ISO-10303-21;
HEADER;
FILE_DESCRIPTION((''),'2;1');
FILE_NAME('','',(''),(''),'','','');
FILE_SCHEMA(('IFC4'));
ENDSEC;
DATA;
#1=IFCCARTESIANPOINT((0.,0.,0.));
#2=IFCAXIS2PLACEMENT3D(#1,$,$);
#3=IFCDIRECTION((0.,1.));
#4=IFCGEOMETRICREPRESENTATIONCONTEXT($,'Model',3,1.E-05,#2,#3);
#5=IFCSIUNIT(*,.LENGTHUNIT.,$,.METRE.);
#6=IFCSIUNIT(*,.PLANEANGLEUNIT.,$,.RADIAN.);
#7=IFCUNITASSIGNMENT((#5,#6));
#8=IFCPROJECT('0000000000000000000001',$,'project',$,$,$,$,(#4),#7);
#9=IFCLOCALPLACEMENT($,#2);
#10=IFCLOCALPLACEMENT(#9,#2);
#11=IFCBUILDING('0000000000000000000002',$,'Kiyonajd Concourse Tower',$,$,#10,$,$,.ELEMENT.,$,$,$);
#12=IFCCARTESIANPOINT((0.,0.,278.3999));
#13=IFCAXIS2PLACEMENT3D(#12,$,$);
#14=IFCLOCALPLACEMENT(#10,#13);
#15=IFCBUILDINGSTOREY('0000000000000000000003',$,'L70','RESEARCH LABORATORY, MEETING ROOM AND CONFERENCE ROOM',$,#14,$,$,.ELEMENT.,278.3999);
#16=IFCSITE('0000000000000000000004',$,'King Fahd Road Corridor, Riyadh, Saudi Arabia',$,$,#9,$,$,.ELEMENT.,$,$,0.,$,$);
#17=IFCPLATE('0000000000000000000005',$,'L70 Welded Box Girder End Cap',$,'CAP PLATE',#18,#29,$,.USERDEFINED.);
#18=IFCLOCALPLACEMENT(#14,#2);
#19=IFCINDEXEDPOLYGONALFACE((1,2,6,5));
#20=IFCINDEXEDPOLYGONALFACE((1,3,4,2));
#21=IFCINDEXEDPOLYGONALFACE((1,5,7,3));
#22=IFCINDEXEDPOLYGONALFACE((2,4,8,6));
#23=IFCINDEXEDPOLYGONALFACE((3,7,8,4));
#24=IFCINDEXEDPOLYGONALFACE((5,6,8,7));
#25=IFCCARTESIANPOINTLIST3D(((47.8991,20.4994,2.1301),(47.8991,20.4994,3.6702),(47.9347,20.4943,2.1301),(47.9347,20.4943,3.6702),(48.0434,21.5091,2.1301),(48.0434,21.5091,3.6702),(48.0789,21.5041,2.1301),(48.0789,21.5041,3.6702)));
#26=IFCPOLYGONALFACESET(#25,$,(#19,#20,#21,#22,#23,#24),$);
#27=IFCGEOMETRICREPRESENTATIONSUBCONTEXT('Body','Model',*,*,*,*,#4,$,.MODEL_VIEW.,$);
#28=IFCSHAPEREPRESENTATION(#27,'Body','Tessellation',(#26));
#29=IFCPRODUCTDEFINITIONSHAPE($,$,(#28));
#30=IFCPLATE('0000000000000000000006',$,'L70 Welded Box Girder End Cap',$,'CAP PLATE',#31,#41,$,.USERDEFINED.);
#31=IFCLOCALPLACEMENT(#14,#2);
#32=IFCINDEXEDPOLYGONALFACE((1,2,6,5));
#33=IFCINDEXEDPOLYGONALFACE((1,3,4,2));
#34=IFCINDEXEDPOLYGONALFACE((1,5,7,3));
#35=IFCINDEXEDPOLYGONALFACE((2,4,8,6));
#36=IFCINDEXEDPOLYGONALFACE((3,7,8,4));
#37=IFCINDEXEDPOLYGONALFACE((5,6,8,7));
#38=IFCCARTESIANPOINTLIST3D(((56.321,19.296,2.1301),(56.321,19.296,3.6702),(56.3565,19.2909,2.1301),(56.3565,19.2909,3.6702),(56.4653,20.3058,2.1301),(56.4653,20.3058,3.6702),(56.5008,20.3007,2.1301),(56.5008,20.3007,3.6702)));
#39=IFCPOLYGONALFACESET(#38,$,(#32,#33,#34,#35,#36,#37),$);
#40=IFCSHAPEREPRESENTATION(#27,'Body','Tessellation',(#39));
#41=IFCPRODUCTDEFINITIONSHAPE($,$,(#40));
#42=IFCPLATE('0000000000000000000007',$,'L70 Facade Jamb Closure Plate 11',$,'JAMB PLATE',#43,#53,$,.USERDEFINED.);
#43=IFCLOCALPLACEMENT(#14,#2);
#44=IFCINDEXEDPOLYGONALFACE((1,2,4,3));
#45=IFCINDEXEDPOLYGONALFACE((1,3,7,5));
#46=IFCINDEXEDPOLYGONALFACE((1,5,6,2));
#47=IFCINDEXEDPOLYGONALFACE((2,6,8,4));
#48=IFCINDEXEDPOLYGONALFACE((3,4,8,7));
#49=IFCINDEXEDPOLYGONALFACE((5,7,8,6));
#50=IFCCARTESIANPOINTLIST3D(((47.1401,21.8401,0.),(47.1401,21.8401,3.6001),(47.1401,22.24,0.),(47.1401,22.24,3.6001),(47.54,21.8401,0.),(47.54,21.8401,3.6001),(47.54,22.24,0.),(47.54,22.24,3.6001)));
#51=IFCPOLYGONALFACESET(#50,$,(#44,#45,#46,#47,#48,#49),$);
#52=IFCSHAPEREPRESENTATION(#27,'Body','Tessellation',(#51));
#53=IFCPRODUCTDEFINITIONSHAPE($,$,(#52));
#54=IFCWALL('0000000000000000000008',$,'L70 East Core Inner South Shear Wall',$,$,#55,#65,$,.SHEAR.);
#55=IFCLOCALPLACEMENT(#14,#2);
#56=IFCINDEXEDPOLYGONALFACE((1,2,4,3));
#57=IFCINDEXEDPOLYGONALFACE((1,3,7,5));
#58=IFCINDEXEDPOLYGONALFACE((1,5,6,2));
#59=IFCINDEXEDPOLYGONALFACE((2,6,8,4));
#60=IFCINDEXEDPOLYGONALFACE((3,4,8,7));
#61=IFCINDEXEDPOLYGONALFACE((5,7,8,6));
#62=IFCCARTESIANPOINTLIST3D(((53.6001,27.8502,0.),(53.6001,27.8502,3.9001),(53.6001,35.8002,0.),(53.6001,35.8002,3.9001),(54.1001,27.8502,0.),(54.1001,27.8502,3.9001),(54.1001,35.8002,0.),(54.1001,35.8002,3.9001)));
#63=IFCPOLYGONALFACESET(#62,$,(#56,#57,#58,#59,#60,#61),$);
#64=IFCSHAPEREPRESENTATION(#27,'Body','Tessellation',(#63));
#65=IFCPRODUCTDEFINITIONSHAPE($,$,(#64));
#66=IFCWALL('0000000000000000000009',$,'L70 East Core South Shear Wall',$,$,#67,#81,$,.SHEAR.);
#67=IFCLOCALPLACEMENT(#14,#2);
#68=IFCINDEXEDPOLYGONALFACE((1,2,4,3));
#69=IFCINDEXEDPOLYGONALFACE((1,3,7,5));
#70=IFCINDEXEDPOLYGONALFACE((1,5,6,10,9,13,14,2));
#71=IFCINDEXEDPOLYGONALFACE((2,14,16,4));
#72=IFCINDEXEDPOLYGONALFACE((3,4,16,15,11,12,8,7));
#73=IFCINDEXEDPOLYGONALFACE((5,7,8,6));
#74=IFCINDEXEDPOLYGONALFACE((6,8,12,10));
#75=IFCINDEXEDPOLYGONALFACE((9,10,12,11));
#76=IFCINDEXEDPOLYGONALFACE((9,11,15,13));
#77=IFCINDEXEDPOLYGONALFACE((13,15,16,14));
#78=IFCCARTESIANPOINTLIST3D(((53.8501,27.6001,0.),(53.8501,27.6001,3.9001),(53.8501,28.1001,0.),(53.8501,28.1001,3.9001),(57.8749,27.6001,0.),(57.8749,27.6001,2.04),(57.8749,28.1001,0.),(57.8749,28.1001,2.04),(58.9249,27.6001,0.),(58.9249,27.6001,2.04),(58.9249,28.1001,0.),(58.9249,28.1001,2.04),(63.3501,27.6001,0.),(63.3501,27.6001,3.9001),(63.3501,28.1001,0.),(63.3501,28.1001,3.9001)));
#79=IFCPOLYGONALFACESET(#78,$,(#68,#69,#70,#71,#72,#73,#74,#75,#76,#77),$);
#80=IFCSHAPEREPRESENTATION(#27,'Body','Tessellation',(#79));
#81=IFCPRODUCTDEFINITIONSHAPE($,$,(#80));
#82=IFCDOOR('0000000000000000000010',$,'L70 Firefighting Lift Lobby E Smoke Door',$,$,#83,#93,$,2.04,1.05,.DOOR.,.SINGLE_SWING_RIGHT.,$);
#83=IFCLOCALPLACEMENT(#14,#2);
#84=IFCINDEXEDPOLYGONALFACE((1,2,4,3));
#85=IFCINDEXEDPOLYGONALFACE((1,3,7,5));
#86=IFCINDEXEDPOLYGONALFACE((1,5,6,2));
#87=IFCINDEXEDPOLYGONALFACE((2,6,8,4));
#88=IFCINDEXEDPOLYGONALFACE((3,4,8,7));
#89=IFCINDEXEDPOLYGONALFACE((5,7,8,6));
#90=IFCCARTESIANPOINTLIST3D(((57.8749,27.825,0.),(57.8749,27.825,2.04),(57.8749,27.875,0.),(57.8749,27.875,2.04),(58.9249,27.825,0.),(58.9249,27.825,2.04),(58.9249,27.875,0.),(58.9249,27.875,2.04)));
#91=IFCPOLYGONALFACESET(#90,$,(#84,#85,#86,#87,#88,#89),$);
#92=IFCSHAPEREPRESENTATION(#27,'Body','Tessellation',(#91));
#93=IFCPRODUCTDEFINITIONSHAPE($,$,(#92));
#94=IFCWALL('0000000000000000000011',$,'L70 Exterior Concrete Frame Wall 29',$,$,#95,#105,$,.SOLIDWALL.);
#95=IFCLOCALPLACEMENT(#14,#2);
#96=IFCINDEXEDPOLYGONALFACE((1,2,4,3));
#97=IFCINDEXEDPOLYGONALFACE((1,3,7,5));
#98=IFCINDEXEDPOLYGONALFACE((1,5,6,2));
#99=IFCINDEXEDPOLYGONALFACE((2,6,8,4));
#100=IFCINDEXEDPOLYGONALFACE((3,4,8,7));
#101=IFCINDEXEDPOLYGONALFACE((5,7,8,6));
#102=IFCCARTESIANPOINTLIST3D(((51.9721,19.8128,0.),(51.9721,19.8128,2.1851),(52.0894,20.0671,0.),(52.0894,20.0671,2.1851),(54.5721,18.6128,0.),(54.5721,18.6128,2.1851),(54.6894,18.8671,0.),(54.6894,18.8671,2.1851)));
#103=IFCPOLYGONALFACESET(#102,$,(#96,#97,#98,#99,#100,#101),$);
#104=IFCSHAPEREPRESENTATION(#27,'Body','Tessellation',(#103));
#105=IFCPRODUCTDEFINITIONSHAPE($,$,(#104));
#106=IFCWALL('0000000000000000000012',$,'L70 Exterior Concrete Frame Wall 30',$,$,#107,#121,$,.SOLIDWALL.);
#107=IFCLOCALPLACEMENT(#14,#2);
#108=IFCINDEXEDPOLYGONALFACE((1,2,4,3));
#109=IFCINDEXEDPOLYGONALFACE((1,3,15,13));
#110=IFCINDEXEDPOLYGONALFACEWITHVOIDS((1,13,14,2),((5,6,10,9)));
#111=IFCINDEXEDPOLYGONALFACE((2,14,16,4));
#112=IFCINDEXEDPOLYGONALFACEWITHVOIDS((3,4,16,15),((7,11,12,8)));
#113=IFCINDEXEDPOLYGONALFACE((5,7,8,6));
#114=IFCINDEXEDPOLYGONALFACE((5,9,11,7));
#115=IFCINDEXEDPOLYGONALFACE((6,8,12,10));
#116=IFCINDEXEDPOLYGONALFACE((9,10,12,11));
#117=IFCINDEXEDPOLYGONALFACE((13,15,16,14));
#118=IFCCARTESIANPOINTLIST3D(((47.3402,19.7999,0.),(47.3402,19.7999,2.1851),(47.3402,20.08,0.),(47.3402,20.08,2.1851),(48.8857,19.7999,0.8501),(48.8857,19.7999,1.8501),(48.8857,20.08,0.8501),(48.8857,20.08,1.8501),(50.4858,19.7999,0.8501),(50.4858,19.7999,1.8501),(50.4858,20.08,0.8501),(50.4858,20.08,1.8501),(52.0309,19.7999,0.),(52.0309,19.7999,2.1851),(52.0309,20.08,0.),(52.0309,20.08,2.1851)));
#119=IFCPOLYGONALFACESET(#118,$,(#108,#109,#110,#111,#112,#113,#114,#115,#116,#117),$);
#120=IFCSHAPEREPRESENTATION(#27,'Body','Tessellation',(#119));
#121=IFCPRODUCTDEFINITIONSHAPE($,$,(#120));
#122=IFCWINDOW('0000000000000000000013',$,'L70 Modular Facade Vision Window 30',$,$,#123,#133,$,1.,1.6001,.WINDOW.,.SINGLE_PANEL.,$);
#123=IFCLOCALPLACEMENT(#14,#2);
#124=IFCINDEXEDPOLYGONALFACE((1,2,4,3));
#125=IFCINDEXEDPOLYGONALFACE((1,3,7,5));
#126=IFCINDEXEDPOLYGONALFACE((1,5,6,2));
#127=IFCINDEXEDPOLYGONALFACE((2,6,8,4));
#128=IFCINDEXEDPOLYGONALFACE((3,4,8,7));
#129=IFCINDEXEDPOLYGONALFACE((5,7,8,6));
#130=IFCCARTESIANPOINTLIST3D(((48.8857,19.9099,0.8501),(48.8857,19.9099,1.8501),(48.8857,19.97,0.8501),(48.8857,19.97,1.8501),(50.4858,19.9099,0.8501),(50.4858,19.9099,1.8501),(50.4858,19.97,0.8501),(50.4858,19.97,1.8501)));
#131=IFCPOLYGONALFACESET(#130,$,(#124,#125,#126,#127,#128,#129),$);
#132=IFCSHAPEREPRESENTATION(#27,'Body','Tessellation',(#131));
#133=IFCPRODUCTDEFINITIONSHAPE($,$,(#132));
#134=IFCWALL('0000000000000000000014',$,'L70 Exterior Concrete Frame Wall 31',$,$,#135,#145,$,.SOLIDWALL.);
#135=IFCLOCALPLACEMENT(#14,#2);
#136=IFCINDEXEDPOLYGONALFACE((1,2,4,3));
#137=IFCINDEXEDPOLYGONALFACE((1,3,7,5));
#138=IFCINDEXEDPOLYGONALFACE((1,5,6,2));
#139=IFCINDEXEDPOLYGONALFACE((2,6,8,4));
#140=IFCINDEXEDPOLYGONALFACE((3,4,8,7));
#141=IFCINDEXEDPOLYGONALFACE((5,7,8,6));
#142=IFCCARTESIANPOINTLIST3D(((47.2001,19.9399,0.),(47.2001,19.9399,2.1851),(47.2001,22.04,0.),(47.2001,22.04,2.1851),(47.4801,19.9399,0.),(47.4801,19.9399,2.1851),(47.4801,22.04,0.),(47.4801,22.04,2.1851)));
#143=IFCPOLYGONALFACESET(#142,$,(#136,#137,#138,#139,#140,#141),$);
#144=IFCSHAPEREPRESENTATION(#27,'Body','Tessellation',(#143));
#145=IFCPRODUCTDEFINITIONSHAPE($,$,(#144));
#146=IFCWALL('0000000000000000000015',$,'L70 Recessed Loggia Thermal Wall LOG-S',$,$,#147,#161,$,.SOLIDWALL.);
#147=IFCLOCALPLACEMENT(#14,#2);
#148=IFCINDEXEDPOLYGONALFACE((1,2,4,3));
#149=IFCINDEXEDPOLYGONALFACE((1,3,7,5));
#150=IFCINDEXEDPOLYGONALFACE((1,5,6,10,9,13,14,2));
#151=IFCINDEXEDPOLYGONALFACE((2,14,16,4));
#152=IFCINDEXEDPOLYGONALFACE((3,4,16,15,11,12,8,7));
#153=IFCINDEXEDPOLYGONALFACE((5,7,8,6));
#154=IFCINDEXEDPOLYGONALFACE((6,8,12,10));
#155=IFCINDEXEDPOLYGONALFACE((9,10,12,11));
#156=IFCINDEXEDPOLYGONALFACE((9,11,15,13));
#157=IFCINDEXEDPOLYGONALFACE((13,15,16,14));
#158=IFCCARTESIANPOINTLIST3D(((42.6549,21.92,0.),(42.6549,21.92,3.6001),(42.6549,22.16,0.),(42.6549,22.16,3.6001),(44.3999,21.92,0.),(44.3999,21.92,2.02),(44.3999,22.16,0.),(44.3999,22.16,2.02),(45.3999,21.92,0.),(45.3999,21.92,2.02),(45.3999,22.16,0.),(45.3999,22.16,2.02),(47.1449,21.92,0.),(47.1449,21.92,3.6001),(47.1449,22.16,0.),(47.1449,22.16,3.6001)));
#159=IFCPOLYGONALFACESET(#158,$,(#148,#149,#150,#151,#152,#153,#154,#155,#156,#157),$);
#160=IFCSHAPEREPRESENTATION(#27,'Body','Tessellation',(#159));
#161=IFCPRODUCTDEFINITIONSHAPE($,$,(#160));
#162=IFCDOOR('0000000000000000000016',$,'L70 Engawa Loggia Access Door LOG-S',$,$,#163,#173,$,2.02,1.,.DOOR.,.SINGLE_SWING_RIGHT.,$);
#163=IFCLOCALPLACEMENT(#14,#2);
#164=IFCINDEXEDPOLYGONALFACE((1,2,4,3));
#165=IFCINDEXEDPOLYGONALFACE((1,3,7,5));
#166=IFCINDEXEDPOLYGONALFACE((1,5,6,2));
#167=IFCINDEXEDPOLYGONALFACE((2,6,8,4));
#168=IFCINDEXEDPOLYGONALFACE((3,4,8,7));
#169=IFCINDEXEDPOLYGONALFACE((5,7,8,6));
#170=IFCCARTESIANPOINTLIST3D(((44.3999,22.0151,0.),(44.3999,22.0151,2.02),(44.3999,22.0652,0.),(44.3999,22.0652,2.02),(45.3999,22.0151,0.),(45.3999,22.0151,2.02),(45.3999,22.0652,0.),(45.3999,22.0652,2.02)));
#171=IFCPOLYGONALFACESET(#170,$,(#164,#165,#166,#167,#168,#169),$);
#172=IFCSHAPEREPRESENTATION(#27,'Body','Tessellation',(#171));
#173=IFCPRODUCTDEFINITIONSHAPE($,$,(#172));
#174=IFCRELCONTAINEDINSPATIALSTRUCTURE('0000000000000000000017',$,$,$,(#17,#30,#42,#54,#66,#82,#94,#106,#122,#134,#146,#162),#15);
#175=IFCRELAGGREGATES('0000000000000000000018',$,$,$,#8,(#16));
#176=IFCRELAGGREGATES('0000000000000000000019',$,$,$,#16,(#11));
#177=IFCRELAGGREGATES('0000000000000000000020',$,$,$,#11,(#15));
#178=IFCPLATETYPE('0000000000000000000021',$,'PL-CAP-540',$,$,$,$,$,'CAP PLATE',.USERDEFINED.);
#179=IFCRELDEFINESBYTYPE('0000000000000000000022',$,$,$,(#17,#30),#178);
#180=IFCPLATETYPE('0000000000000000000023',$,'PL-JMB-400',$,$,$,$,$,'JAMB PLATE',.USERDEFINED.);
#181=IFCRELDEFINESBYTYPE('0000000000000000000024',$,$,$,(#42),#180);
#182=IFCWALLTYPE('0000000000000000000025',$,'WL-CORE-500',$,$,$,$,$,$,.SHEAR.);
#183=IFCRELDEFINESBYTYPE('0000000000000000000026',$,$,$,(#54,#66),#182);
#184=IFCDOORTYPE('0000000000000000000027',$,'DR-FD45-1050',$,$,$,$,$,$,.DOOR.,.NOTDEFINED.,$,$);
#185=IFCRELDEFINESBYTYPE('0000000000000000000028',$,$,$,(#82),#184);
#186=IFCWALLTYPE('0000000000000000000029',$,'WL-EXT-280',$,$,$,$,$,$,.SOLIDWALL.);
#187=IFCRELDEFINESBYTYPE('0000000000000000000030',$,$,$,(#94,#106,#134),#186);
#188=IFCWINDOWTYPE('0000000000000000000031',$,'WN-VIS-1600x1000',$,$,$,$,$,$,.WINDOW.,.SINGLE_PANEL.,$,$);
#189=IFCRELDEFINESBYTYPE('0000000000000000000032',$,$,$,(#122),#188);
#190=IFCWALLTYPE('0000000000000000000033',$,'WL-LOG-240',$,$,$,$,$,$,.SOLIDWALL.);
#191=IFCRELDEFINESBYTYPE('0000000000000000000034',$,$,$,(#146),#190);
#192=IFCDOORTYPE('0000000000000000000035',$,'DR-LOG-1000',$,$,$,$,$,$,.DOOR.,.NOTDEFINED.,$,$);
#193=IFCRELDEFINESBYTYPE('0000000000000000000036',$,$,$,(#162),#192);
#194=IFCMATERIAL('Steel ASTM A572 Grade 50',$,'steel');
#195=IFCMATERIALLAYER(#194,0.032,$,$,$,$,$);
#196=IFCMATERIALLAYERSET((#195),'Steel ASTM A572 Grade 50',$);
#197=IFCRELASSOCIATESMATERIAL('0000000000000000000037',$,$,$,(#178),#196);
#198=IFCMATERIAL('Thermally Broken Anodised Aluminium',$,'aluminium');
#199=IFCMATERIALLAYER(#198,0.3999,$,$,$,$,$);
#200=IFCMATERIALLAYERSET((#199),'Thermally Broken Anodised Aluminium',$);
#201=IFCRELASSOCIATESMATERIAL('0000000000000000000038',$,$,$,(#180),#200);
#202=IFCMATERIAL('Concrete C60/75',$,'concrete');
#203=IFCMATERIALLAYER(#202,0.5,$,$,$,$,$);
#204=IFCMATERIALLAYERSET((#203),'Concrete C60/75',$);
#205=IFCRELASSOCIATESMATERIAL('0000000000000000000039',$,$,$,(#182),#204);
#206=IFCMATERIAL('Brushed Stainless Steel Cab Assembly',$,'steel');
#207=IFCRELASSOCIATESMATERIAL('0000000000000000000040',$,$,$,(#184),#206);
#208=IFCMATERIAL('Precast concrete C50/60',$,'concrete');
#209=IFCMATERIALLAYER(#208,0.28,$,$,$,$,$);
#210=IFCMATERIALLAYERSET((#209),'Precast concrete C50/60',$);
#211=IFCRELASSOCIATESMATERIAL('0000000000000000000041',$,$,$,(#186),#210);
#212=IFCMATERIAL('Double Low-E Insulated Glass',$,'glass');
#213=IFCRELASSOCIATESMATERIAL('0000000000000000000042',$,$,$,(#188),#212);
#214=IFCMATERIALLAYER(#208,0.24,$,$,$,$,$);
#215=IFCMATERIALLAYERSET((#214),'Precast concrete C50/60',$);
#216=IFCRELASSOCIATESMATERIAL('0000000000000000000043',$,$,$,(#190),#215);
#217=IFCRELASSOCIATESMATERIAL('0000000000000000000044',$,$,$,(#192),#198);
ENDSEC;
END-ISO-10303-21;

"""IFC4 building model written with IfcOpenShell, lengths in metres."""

from ifc_helpers import new_model, si_unit, direction, frame, frame_2d, origin, origin_2d, place, context, subcontext, project, spatial, rectangle, extrude, material, layer, layer_set, type_object, element, fill, save


model = new_model("IFC4")

# Units and contexts
model_context = context("Model", 3, precision=1e-05, world=origin(), true_north=direction((0.0, 1.0)))
body_context = subcontext(model_context, "Body", "Model", "MODEL_VIEW")
ifc_project = project(units=[si_unit("LENGTHUNIT", "METRE"), si_unit("PLANEANGLEUNIT", "RADIAN")], contexts=[model_context])

# Site, building, storey
site_placement = place(None, origin())
site = spatial("IfcSite", under=ifc_project, at=site_placement, Name="King Fahd Road Corridor, Riyadh, Saudi Arabia", CompositionType="ELEMENT", RefElevation=0.0)
building_placement = place(site_placement, origin())
building = spatial("IfcBuilding", under=site, at=building_placement, Name="Kiyonajd Concourse Tower", CompositionType="ELEMENT")
storey_placement = place(building_placement, frame((0.0, 0.0, 278.3999)))
storey = spatial("IfcBuildingStorey", under=building, at=storey_placement, Name="L70", Description="RESEARCH LABORATORY, MEETING ROOM AND CONFERENCE ROOM", CompositionType="ELEMENT", Elevation=278.3999)

# Shared definitions
ifc_material_1 = material(Name="Concrete C60/75", Category="concrete")

# Shared definitions
ifc_material_2 = material(Name="Steel ASTM A572 Grade 50", Category="steel")

# Plates
ifc_layer_1 = layer(ifc_material_2, 0.032)
ifc_layer_set_1 = layer_set([ifc_layer_1], Name="Steel ASTM A572 Grade 50")
plate_type_1 = type_object("IfcPlateType", Name="PL-CAP-540", ElementType="CAP PLATE", PredefinedType="USERDEFINED", material=ifc_layer_set_1)
for number, where, z_axis, x_axis, name in (
    (1, (47.989, 21.0017, 2.1301), (0.0, 0.0, 1.0), (-0.98995, 0.14142, 0.0), "L70 Welded Box Girder End Cap"),
    (2, (56.4109, 19.7983, 2.1301), (0.0, 0.0, 1.0), (0.98995, -0.14142, 0.0), "L70 Welded Box Girder End Cap"),
):
    element("IfcPlate", number, at=place(storey_placement, frame(where, z_axis=z_axis, x_axis=x_axis)), inside=storey, type_object=plate_type_1, Name=name, ObjectType="CAP PLATE", PredefinedType="USERDEFINED", context=body_context, shape_type="SweptSolid", body=[
        extrude(rectangle(XDim=0.0359, YDim=1.02, at=origin_2d()), origin(), (0.0, 0.0, 1.0), 1.54),
    ])
ifc_material_3 = material(Name="Thermally Broken Anodised Aluminium", Category="aluminium")
ifc_layer_2 = layer(ifc_material_3, 0.3999)
ifc_layer_set_2 = layer_set([ifc_layer_2], Name="Thermally Broken Anodised Aluminium")
plate_type_2 = type_object("IfcPlateType", Name="PL-JMB-400", ElementType="JAMB PLATE", PredefinedType="USERDEFINED", material=ifc_layer_set_2)
plate_placement = place(storey_placement, frame((47.3401, 22.04, 0.0), z_axis=(0.0, 0.0, 1.0), x_axis=(1.0, 0.0, 0.0)))
element("IfcPlate", 3, at=plate_placement, inside=storey, type_object=plate_type_2, Name="L70 Facade Jamb Closure Plate 11", ObjectType="JAMB PLATE", PredefinedType="USERDEFINED", context=body_context, shape_type="SweptSolid", body=[
    extrude(rectangle(XDim=0.3999, YDim=0.3999, at=origin_2d()), origin(), (0.0, 0.0, 1.0), 3.6001),
])

# Wall
ifc_layer_3 = layer(ifc_material_1, 0.5)
ifc_layer_set_3 = layer_set([ifc_layer_3], Name="Concrete C60/75")
wall_type_1 = type_object("IfcWallType", Name="WL-CORE-500", PredefinedType="SHEAR", material=ifc_layer_set_3)
wall_1_placement = place(storey_placement, frame((53.8501, 27.8501, 0.0), z_axis=(0.0, 0.0, 1.0), x_axis=(0.0, 1.0, 0.0)))
element("IfcWall", 4, at=wall_1_placement, inside=storey, type_object=wall_type_1, Name="L70 East Core Inner South Shear Wall", PredefinedType="SHEAR", context=body_context, shape_type="SweptSolid", body=[
    extrude(rectangle(XDim=7.95, YDim=0.5, at=frame_2d((3.9751, 0.0))), origin(), (0.0, 0.0, 1.0), 3.9001),
])

# Wall, opening, door
wall_2_placement = place(storey_placement, frame((53.8501, 27.8501, 0.0), z_axis=(0.0, 0.0, 1.0), x_axis=(1.0, 0.0, 0.0)))
wall_2 = element("IfcWall", 5, at=wall_2_placement, inside=storey, type_object=wall_type_1, Name="L70 East Core South Shear Wall", PredefinedType="SHEAR", context=body_context, shape_type="SweptSolid", body=[
    extrude(rectangle(XDim=9.5, YDim=0.5, at=frame_2d((4.75, 0.0))), origin(), (0.0, 0.0, 1.0), 3.9001),
])
opening_1_placement = place(wall_2_placement, frame((4.0249, 0.0, 0.0)))
opening_1 = element("IfcOpeningElement", 6, at=opening_1_placement, cuts=wall_2, PredefinedType="OPENING", context=body_context, shape_type="SweptSolid", body=[
    extrude(rectangle(XDim=1.05, YDim=2.04, at=frame_2d((0.5249, 1.02))), frame((0.0, 0.26, 0.0), z_axis=(0.0, -1.0, 0.0), x_axis=(1.0, 0.0, 0.0)), (0.0, 0.0, 1.0), 0.52),
])
ifc_material_4 = material(Name="Brushed Stainless Steel Cab Assembly", Category="steel")
door_type_1 = type_object("IfcDoorType", Name="DR-FD45-1050", OperationType="NOTDEFINED", PredefinedType="DOOR", material=ifc_material_4)
door_1_placement = place(opening_1_placement, origin())
door_1 = element("IfcDoor", 7, at=door_1_placement, inside=storey, type_object=door_type_1, Name="L70 Firefighting Lift Lobby E Smoke Door", OperationType="SINGLE_SWING_RIGHT", OverallHeight=2.04, OverallWidth=1.05, PredefinedType="DOOR", context=body_context, shape_type="SweptSolid", body=[
    extrude(rectangle(XDim=1.05, YDim=2.04, at=frame_2d((0.5249, 1.02))), frame((0.0, 0.0249, 0.0), z_axis=(0.0, -1.0, 0.0), x_axis=(1.0, 0.0, 0.0)), (0.0, 0.0, 1.0), 0.05),
])
fill(opening_1, door_1)

# Wall
ifc_material_5 = material(Name="Precast concrete C50/60", Category="concrete")
ifc_layer_4 = layer(ifc_material_5, 0.28)
ifc_layer_set_4 = layer_set([ifc_layer_4], Name="Precast concrete C50/60")
wall_type_2 = type_object("IfcWallType", Name="WL-EXT-280", PredefinedType="SOLIDWALL", material=ifc_layer_set_4)
wall_3_placement = place(storey_placement, frame((54.6306, 18.74, 0.0), z_axis=(0.0, 0.0, 1.0), x_axis=(-0.907957, 0.419064, 0.0)))
element("IfcWall", 8, at=wall_3_placement, inside=storey, type_object=wall_type_2, Name="L70 Exterior Concrete Frame Wall 29", PredefinedType="SOLIDWALL", context=body_context, shape_type="SweptSolid", body=[
    extrude(rectangle(XDim=2.8635, YDim=0.28, at=frame_2d((1.4316, 0.0))), origin(), (0.0, 0.0, 1.0), 2.1851),
])

# Wall, opening, window
wall_4_placement = place(storey_placement, frame((52.0308, 19.9399, 0.0), z_axis=(0.0, 0.0, 1.0), x_axis=(-1.0, 0.0, 0.0)))
wall_4 = element("IfcWall", 9, at=wall_4_placement, inside=storey, type_object=wall_type_2, Name="L70 Exterior Concrete Frame Wall 30", PredefinedType="SOLIDWALL", context=body_context, shape_type="SweptSolid", body=[
    extrude(rectangle(XDim=4.6907, YDim=0.28, at=frame_2d((2.3452, 0.0))), origin(), (0.0, 0.0, 1.0), 2.1851),
])
opening_2_placement = place(wall_4_placement, frame((1.5449, 0.0, 0.8501)))
opening_2 = element("IfcOpeningElement", 10, at=opening_2_placement, cuts=wall_4, PredefinedType="OPENING", context=body_context, shape_type="SweptSolid", body=[
    extrude(rectangle(XDim=1.6001, YDim=1.0, at=frame_2d((0.8, 0.5))), frame((0.0, 0.1499, 0.0), z_axis=(0.0, -1.0, 0.0), x_axis=(1.0, 0.0, 0.0)), (0.0, 0.0, 1.0), 0.3),
])
ifc_material_6 = material(Name="Double Low-E Insulated Glass", Category="glass")
window_type = type_object("IfcWindowType", Name="WN-VIS-1600x1000", PartitioningType="SINGLE_PANEL", PredefinedType="WINDOW", material=ifc_material_6)
window_placement = place(opening_2_placement, origin())
window = element("IfcWindow", 11, at=window_placement, inside=storey, type_object=window_type, Name="L70 Modular Facade Vision Window 30", OverallHeight=1.0, OverallWidth=1.6001, PartitioningType="SINGLE_PANEL", PredefinedType="WINDOW", context=body_context, shape_type="SweptSolid", body=[
    extrude(rectangle(XDim=1.6001, YDim=1.0, at=frame_2d((0.8, 0.5))), frame((0.0, 0.03, 0.0), z_axis=(0.0, -1.0, 0.0), x_axis=(1.0, 0.0, 0.0)), (0.0, 0.0, 1.0), 0.0601),
])
fill(opening_2, window)

# Wall
wall_5_placement = place(storey_placement, frame((47.3401, 19.9399, 0.0), z_axis=(0.0, 0.0, 1.0), x_axis=(0.0, 1.0, 0.0)))
element("IfcWall", 12, at=wall_5_placement, inside=storey, type_object=wall_type_2, Name="L70 Exterior Concrete Frame Wall 31", PredefinedType="SOLIDWALL", context=body_context, shape_type="SweptSolid", body=[
    extrude(rectangle(XDim=2.1001, YDim=0.28, at=frame_2d((1.05, 0.0))), origin(), (0.0, 0.0, 1.0), 2.1851),
])

# Wall, opening, door
ifc_layer_5 = layer(ifc_material_5, 0.24)
ifc_layer_set_5 = layer_set([ifc_layer_5], Name="Precast concrete C50/60")
wall_type_3 = type_object("IfcWallType", Name="WL-LOG-240", PredefinedType="SOLIDWALL", material=ifc_layer_set_5)
wall_6_placement = place(storey_placement, frame((47.145, 22.04, 0.0), z_axis=(0.0, 0.0, 1.0), x_axis=(-1.0, 0.0, 0.0)))
wall_6 = element("IfcWall", 13, at=wall_6_placement, inside=storey, type_object=wall_type_3, Name="L70 Recessed Loggia Thermal Wall LOG-S", PredefinedType="SOLIDWALL", context=body_context, shape_type="SweptSolid", body=[
    extrude(rectangle(XDim=4.49, YDim=0.24, at=frame_2d((2.2451, 0.0))), origin(), (0.0, 0.0, 1.0), 3.6001),
])
opening_3_placement = place(wall_6_placement, frame((1.7451, 0.0, 0.0)))
opening_3 = element("IfcOpeningElement", 14, at=opening_3_placement, cuts=wall_6, PredefinedType="OPENING", context=body_context, shape_type="SweptSolid", body=[
    extrude(rectangle(XDim=1.0, YDim=2.02, at=frame_2d((0.5, 1.01))), frame((0.0, 0.1299, 0.0), z_axis=(0.0, -1.0, 0.0), x_axis=(1.0, 0.0, 0.0)), (0.0, 0.0, 1.0), 0.26),
])
door_type_2 = type_object("IfcDoorType", Name="DR-LOG-1000", OperationType="NOTDEFINED", PredefinedType="DOOR", material=ifc_material_3)
door_2_placement = place(opening_3_placement, origin())
door_2 = element("IfcDoor", 15, at=door_2_placement, inside=storey, type_object=door_type_2, Name="L70 Engawa Loggia Access Door LOG-S", OperationType="SINGLE_SWING_RIGHT", OverallHeight=2.02, OverallWidth=1.0, PredefinedType="DOOR", context=body_context, shape_type="SweptSolid", body=[
    extrude(rectangle(XDim=1.0, YDim=2.02, at=frame_2d((0.5, 1.01))), frame((0.0, 0.0249, 0.0), z_axis=(0.0, -1.0, 0.0), x_axis=(1.0, 0.0, 0.0)), (0.0, 0.0, 1.0), 0.05),
])
fill(opening_3, door_2)

save(model, "model.ifc")
